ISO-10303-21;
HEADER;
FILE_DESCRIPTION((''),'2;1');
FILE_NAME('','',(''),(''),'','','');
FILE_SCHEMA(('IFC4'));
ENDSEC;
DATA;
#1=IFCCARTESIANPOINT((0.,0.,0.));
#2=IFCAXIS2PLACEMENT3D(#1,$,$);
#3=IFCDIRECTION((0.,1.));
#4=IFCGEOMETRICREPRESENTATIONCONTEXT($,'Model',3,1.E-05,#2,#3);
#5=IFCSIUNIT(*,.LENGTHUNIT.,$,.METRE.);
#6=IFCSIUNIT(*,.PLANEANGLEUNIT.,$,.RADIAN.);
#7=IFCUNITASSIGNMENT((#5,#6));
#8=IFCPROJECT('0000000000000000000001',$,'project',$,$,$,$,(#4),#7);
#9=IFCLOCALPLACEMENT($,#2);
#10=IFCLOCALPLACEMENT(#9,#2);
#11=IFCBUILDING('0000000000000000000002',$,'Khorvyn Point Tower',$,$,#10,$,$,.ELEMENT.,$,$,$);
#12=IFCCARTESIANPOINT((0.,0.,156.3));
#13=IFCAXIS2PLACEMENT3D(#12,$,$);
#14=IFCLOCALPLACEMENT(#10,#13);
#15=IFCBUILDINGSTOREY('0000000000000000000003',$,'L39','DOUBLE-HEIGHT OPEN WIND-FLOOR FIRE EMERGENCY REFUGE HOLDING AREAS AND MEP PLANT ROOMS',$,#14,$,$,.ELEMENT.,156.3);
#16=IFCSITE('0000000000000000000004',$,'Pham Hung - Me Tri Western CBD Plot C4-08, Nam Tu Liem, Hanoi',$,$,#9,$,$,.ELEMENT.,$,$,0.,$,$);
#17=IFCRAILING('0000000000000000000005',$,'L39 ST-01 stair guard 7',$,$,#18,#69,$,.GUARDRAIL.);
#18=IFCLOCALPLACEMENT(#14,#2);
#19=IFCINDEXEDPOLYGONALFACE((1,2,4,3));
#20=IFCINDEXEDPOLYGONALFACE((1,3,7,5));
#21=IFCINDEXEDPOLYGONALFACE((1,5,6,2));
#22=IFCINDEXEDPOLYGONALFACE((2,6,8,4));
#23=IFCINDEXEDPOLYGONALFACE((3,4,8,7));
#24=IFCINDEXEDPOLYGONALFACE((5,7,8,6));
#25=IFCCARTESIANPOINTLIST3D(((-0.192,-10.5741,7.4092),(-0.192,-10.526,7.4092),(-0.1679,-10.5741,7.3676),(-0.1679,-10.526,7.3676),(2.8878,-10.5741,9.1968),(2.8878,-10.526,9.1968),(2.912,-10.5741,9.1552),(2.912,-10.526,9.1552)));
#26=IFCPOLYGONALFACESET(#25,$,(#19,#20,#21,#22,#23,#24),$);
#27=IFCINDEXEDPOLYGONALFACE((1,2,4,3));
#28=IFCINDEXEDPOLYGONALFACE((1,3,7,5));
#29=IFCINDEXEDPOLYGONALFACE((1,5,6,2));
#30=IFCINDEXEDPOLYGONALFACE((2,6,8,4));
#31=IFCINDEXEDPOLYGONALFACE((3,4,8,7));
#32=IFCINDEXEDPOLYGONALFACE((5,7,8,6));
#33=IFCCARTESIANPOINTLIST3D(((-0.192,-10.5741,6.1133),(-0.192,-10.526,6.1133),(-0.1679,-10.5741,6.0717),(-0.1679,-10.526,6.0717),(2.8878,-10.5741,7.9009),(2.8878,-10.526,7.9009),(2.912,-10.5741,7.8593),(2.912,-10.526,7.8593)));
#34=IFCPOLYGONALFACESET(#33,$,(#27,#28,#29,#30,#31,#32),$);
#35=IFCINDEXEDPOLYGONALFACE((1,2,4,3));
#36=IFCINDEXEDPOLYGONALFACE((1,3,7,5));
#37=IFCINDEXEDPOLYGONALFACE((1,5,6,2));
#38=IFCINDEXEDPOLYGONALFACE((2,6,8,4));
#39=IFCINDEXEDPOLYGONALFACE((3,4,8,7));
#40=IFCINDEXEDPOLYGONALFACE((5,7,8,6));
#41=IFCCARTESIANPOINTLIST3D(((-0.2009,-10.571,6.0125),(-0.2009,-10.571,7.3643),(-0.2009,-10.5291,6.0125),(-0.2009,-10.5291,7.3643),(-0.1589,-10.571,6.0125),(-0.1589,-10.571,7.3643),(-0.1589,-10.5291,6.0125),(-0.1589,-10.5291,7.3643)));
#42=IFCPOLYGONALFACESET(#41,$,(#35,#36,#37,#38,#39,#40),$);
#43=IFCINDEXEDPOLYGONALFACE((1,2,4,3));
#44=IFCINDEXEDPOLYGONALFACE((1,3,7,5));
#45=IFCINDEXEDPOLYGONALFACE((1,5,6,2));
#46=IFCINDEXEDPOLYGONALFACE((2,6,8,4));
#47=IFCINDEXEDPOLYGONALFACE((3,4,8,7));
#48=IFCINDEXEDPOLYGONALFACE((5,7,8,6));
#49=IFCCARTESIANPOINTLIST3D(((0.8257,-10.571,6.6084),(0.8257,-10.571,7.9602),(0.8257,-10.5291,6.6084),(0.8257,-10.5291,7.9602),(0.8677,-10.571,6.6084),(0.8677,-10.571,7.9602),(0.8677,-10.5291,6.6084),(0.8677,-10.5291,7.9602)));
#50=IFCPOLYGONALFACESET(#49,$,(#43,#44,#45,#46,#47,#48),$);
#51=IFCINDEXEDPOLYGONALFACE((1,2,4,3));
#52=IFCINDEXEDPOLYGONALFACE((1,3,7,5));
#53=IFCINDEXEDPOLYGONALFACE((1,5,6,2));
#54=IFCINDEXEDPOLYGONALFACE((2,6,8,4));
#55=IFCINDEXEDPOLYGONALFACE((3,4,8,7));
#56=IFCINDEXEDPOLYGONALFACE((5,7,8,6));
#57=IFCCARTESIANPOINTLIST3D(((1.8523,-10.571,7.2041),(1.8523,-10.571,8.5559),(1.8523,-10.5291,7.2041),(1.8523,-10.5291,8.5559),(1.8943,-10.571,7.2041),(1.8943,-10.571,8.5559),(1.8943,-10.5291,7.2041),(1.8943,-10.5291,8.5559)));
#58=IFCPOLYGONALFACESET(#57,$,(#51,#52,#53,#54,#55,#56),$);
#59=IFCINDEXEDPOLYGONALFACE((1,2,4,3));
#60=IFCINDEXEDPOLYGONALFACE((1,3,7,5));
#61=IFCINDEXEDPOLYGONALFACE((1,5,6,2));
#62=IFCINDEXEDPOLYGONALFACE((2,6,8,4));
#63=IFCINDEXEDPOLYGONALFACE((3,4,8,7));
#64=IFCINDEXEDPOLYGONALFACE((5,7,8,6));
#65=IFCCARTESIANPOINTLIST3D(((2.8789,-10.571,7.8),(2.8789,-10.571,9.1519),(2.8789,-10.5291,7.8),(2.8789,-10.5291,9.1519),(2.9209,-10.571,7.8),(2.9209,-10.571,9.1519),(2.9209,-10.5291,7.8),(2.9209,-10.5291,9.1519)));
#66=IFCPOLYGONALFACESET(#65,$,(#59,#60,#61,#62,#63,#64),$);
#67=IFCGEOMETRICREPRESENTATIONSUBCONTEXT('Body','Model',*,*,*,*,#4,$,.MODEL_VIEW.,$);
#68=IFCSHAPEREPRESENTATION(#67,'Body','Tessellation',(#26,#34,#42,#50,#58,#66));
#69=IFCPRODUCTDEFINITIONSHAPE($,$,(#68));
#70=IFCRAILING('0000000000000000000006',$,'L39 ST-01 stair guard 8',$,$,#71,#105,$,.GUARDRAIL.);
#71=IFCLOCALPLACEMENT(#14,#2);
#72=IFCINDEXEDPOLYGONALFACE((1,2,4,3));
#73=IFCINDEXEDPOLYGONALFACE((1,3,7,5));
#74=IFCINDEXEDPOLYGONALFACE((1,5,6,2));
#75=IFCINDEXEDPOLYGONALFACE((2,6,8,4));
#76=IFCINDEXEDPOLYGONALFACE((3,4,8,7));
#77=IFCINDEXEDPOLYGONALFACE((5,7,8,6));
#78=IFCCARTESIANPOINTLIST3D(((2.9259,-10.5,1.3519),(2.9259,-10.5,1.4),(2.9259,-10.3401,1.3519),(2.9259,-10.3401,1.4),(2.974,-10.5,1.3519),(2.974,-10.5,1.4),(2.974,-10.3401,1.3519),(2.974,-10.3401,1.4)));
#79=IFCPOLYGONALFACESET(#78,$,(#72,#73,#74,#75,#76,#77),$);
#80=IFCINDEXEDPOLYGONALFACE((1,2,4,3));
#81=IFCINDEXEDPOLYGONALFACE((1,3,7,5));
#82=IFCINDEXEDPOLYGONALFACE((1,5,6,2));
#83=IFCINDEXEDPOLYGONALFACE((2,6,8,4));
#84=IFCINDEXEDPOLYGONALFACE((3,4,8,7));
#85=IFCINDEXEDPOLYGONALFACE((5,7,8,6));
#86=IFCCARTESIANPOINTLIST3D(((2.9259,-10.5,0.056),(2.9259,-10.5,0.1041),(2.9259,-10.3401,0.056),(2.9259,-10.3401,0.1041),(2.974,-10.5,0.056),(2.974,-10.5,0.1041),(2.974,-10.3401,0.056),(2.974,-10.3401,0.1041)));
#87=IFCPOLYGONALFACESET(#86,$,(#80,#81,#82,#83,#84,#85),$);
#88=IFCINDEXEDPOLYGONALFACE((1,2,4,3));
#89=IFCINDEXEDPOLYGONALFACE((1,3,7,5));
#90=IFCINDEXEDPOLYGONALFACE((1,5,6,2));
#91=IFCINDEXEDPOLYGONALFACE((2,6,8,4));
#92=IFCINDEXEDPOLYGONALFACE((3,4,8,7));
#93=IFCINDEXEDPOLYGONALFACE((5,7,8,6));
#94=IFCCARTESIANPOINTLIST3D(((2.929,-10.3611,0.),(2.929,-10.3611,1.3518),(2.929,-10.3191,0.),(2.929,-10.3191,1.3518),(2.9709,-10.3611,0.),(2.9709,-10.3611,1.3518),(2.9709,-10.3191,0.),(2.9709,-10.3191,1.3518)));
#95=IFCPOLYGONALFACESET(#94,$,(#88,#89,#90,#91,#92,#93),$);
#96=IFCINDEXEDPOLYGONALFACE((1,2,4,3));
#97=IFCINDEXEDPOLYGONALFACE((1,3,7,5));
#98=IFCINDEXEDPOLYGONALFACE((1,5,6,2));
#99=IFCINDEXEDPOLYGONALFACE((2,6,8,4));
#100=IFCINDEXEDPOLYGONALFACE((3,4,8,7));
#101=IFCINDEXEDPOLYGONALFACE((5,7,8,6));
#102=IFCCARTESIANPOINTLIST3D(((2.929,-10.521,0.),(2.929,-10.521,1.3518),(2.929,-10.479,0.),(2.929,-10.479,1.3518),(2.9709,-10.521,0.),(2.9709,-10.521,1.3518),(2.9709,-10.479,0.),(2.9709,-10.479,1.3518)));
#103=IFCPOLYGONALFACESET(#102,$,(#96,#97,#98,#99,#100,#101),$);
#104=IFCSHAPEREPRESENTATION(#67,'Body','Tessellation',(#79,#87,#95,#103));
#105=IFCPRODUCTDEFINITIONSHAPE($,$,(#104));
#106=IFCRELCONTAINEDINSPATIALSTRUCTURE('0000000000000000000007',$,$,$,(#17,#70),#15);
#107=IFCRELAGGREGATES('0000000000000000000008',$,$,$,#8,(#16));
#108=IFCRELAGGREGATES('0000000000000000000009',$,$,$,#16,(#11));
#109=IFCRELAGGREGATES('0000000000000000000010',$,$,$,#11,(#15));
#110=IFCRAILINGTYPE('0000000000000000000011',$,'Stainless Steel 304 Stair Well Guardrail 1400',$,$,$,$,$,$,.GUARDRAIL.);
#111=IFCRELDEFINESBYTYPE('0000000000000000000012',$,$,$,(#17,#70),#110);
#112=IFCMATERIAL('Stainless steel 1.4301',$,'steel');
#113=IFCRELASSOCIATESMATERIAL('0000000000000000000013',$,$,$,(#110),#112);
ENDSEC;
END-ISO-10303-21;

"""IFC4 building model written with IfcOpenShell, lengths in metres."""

from ifc_helpers import new_model, si_unit, direction, frame, origin, origin_2d, place, context, subcontext, project, spatial, rectangle, extrude, material, type_object, element, save


model = new_model("IFC4")

# Units and contexts
model_context = context("Model", 3, precision=1e-05, world=origin(), true_north=direction((0.0, 1.0)))
body_context = subcontext(model_context, "Body", "Model", "MODEL_VIEW")
ifc_project = project(units=[si_unit("LENGTHUNIT", "METRE"), si_unit("PLANEANGLEUNIT", "RADIAN")], contexts=[model_context])

# Site, building, storey
site_placement = place(None, origin())
site = spatial("IfcSite", under=ifc_project, at=site_placement, Name="Pham Hung - Me Tri Western CBD Plot C4-08, Nam Tu Liem, Hanoi", CompositionType="ELEMENT", RefElevation=0.0)
building_placement = place(site_placement, origin())
building = spatial("IfcBuilding", under=site, at=building_placement, Name="Khorvyn Point Tower", CompositionType="ELEMENT")
storey_placement = place(building_placement, frame((0.0, 0.0, 156.3)))
storey = spatial("IfcBuildingStorey", under=building, at=storey_placement, Name="L39", Description="DOUBLE-HEIGHT OPEN WIND-FLOOR FIRE EMERGENCY REFUGE HOLDING AREAS AND MEP PLANT ROOMS", CompositionType="ELEMENT", Elevation=156.3)

# Railings
ifc_material_1 = material(Name="Stainless steel 1.4301", Category="steel")
railing_type_1 = type_object("IfcRailingType", Name="Stainless Steel 304 Stair Well Guardrail 1400", PredefinedType="GUARDRAIL", material=ifc_material_1)
railing_1_placement = place(storey_placement, frame((-0.1799, -10.55, 6.0125)))
element("IfcRailing", 1, at=railing_1_placement, inside=storey, type_object=railing_type_1, Name="L39 ST-01 stair guard 7", PredefinedType="GUARDRAIL", context=body_context, shape_type="SweptSolid", body=[
    extrude(rectangle(XDim=0.0481, YDim=0.0481, at=origin_2d()), frame((0.0, 0.0, 1.376), z_axis=(0.864873, 0.0, 0.50199), x_axis=(0.0, 1.0, 0.0)), (0.0, 0.0, 1.0), 3.561),
    extrude(rectangle(XDim=0.0481, YDim=0.0481, at=origin_2d()), frame((0.0, 0.0, 0.0801), z_axis=(0.864873, 0.0, 0.50199), x_axis=(0.0, 1.0, 0.0)), (0.0, 0.0, 1.0), 3.561),
    extrude(rectangle(XDim=0.042, YDim=0.042, at=origin_2d()), origin(), (0.0, 0.0, 1.0), 1.3518),
    extrude(rectangle(XDim=0.042, YDim=0.042, at=origin_2d()), frame((1.0266, 0.0, 0.5959)), (0.0, 0.0, 1.0), 1.3518),
    extrude(rectangle(XDim=0.042, YDim=0.042, at=origin_2d()), frame((2.0532, 0.0, 1.1917)), (0.0, 0.0, 1.0), 1.3518),
    extrude(rectangle(XDim=0.042, YDim=0.042, at=origin_2d()), frame((3.0798, 0.0, 1.7876)), (0.0, 0.0, 1.0), 1.3518),
])
railing_2_placement = place(storey_placement, frame((2.95, -10.3401, 0.0)))
element("IfcRailing", 2, at=railing_2_placement, inside=storey, type_object=railing_type_1, Name="L39 ST-01 stair guard 8", PredefinedType="GUARDRAIL", context=body_context, shape_type="SweptSolid", body=[
    extrude(rectangle(XDim=0.0481, YDim=0.0481, at=origin_2d()), frame((0.0, 0.0, 1.376), z_axis=(0.0, -1.0, 0.0), x_axis=(1.0, 0.0, 0.0)), (0.0, 0.0, 1.0), 0.1599),
    extrude(rectangle(XDim=0.0481, YDim=0.0481, at=origin_2d()), frame((0.0, 0.0, 0.0801), z_axis=(0.0, -1.0, 0.0), x_axis=(1.0, 0.0, 0.0)), (0.0, 0.0, 1.0), 0.1599),
    extrude(rectangle(XDim=0.042, YDim=0.042, at=origin_2d()), origin(), (0.0, 0.0, 1.0), 1.3518),
    extrude(rectangle(XDim=0.042, YDim=0.042, at=origin_2d()), frame((0.0, -0.1599, 0.0)), (0.0, 0.0, 1.0), 1.3518),
])

save(model, "model.ifc")
